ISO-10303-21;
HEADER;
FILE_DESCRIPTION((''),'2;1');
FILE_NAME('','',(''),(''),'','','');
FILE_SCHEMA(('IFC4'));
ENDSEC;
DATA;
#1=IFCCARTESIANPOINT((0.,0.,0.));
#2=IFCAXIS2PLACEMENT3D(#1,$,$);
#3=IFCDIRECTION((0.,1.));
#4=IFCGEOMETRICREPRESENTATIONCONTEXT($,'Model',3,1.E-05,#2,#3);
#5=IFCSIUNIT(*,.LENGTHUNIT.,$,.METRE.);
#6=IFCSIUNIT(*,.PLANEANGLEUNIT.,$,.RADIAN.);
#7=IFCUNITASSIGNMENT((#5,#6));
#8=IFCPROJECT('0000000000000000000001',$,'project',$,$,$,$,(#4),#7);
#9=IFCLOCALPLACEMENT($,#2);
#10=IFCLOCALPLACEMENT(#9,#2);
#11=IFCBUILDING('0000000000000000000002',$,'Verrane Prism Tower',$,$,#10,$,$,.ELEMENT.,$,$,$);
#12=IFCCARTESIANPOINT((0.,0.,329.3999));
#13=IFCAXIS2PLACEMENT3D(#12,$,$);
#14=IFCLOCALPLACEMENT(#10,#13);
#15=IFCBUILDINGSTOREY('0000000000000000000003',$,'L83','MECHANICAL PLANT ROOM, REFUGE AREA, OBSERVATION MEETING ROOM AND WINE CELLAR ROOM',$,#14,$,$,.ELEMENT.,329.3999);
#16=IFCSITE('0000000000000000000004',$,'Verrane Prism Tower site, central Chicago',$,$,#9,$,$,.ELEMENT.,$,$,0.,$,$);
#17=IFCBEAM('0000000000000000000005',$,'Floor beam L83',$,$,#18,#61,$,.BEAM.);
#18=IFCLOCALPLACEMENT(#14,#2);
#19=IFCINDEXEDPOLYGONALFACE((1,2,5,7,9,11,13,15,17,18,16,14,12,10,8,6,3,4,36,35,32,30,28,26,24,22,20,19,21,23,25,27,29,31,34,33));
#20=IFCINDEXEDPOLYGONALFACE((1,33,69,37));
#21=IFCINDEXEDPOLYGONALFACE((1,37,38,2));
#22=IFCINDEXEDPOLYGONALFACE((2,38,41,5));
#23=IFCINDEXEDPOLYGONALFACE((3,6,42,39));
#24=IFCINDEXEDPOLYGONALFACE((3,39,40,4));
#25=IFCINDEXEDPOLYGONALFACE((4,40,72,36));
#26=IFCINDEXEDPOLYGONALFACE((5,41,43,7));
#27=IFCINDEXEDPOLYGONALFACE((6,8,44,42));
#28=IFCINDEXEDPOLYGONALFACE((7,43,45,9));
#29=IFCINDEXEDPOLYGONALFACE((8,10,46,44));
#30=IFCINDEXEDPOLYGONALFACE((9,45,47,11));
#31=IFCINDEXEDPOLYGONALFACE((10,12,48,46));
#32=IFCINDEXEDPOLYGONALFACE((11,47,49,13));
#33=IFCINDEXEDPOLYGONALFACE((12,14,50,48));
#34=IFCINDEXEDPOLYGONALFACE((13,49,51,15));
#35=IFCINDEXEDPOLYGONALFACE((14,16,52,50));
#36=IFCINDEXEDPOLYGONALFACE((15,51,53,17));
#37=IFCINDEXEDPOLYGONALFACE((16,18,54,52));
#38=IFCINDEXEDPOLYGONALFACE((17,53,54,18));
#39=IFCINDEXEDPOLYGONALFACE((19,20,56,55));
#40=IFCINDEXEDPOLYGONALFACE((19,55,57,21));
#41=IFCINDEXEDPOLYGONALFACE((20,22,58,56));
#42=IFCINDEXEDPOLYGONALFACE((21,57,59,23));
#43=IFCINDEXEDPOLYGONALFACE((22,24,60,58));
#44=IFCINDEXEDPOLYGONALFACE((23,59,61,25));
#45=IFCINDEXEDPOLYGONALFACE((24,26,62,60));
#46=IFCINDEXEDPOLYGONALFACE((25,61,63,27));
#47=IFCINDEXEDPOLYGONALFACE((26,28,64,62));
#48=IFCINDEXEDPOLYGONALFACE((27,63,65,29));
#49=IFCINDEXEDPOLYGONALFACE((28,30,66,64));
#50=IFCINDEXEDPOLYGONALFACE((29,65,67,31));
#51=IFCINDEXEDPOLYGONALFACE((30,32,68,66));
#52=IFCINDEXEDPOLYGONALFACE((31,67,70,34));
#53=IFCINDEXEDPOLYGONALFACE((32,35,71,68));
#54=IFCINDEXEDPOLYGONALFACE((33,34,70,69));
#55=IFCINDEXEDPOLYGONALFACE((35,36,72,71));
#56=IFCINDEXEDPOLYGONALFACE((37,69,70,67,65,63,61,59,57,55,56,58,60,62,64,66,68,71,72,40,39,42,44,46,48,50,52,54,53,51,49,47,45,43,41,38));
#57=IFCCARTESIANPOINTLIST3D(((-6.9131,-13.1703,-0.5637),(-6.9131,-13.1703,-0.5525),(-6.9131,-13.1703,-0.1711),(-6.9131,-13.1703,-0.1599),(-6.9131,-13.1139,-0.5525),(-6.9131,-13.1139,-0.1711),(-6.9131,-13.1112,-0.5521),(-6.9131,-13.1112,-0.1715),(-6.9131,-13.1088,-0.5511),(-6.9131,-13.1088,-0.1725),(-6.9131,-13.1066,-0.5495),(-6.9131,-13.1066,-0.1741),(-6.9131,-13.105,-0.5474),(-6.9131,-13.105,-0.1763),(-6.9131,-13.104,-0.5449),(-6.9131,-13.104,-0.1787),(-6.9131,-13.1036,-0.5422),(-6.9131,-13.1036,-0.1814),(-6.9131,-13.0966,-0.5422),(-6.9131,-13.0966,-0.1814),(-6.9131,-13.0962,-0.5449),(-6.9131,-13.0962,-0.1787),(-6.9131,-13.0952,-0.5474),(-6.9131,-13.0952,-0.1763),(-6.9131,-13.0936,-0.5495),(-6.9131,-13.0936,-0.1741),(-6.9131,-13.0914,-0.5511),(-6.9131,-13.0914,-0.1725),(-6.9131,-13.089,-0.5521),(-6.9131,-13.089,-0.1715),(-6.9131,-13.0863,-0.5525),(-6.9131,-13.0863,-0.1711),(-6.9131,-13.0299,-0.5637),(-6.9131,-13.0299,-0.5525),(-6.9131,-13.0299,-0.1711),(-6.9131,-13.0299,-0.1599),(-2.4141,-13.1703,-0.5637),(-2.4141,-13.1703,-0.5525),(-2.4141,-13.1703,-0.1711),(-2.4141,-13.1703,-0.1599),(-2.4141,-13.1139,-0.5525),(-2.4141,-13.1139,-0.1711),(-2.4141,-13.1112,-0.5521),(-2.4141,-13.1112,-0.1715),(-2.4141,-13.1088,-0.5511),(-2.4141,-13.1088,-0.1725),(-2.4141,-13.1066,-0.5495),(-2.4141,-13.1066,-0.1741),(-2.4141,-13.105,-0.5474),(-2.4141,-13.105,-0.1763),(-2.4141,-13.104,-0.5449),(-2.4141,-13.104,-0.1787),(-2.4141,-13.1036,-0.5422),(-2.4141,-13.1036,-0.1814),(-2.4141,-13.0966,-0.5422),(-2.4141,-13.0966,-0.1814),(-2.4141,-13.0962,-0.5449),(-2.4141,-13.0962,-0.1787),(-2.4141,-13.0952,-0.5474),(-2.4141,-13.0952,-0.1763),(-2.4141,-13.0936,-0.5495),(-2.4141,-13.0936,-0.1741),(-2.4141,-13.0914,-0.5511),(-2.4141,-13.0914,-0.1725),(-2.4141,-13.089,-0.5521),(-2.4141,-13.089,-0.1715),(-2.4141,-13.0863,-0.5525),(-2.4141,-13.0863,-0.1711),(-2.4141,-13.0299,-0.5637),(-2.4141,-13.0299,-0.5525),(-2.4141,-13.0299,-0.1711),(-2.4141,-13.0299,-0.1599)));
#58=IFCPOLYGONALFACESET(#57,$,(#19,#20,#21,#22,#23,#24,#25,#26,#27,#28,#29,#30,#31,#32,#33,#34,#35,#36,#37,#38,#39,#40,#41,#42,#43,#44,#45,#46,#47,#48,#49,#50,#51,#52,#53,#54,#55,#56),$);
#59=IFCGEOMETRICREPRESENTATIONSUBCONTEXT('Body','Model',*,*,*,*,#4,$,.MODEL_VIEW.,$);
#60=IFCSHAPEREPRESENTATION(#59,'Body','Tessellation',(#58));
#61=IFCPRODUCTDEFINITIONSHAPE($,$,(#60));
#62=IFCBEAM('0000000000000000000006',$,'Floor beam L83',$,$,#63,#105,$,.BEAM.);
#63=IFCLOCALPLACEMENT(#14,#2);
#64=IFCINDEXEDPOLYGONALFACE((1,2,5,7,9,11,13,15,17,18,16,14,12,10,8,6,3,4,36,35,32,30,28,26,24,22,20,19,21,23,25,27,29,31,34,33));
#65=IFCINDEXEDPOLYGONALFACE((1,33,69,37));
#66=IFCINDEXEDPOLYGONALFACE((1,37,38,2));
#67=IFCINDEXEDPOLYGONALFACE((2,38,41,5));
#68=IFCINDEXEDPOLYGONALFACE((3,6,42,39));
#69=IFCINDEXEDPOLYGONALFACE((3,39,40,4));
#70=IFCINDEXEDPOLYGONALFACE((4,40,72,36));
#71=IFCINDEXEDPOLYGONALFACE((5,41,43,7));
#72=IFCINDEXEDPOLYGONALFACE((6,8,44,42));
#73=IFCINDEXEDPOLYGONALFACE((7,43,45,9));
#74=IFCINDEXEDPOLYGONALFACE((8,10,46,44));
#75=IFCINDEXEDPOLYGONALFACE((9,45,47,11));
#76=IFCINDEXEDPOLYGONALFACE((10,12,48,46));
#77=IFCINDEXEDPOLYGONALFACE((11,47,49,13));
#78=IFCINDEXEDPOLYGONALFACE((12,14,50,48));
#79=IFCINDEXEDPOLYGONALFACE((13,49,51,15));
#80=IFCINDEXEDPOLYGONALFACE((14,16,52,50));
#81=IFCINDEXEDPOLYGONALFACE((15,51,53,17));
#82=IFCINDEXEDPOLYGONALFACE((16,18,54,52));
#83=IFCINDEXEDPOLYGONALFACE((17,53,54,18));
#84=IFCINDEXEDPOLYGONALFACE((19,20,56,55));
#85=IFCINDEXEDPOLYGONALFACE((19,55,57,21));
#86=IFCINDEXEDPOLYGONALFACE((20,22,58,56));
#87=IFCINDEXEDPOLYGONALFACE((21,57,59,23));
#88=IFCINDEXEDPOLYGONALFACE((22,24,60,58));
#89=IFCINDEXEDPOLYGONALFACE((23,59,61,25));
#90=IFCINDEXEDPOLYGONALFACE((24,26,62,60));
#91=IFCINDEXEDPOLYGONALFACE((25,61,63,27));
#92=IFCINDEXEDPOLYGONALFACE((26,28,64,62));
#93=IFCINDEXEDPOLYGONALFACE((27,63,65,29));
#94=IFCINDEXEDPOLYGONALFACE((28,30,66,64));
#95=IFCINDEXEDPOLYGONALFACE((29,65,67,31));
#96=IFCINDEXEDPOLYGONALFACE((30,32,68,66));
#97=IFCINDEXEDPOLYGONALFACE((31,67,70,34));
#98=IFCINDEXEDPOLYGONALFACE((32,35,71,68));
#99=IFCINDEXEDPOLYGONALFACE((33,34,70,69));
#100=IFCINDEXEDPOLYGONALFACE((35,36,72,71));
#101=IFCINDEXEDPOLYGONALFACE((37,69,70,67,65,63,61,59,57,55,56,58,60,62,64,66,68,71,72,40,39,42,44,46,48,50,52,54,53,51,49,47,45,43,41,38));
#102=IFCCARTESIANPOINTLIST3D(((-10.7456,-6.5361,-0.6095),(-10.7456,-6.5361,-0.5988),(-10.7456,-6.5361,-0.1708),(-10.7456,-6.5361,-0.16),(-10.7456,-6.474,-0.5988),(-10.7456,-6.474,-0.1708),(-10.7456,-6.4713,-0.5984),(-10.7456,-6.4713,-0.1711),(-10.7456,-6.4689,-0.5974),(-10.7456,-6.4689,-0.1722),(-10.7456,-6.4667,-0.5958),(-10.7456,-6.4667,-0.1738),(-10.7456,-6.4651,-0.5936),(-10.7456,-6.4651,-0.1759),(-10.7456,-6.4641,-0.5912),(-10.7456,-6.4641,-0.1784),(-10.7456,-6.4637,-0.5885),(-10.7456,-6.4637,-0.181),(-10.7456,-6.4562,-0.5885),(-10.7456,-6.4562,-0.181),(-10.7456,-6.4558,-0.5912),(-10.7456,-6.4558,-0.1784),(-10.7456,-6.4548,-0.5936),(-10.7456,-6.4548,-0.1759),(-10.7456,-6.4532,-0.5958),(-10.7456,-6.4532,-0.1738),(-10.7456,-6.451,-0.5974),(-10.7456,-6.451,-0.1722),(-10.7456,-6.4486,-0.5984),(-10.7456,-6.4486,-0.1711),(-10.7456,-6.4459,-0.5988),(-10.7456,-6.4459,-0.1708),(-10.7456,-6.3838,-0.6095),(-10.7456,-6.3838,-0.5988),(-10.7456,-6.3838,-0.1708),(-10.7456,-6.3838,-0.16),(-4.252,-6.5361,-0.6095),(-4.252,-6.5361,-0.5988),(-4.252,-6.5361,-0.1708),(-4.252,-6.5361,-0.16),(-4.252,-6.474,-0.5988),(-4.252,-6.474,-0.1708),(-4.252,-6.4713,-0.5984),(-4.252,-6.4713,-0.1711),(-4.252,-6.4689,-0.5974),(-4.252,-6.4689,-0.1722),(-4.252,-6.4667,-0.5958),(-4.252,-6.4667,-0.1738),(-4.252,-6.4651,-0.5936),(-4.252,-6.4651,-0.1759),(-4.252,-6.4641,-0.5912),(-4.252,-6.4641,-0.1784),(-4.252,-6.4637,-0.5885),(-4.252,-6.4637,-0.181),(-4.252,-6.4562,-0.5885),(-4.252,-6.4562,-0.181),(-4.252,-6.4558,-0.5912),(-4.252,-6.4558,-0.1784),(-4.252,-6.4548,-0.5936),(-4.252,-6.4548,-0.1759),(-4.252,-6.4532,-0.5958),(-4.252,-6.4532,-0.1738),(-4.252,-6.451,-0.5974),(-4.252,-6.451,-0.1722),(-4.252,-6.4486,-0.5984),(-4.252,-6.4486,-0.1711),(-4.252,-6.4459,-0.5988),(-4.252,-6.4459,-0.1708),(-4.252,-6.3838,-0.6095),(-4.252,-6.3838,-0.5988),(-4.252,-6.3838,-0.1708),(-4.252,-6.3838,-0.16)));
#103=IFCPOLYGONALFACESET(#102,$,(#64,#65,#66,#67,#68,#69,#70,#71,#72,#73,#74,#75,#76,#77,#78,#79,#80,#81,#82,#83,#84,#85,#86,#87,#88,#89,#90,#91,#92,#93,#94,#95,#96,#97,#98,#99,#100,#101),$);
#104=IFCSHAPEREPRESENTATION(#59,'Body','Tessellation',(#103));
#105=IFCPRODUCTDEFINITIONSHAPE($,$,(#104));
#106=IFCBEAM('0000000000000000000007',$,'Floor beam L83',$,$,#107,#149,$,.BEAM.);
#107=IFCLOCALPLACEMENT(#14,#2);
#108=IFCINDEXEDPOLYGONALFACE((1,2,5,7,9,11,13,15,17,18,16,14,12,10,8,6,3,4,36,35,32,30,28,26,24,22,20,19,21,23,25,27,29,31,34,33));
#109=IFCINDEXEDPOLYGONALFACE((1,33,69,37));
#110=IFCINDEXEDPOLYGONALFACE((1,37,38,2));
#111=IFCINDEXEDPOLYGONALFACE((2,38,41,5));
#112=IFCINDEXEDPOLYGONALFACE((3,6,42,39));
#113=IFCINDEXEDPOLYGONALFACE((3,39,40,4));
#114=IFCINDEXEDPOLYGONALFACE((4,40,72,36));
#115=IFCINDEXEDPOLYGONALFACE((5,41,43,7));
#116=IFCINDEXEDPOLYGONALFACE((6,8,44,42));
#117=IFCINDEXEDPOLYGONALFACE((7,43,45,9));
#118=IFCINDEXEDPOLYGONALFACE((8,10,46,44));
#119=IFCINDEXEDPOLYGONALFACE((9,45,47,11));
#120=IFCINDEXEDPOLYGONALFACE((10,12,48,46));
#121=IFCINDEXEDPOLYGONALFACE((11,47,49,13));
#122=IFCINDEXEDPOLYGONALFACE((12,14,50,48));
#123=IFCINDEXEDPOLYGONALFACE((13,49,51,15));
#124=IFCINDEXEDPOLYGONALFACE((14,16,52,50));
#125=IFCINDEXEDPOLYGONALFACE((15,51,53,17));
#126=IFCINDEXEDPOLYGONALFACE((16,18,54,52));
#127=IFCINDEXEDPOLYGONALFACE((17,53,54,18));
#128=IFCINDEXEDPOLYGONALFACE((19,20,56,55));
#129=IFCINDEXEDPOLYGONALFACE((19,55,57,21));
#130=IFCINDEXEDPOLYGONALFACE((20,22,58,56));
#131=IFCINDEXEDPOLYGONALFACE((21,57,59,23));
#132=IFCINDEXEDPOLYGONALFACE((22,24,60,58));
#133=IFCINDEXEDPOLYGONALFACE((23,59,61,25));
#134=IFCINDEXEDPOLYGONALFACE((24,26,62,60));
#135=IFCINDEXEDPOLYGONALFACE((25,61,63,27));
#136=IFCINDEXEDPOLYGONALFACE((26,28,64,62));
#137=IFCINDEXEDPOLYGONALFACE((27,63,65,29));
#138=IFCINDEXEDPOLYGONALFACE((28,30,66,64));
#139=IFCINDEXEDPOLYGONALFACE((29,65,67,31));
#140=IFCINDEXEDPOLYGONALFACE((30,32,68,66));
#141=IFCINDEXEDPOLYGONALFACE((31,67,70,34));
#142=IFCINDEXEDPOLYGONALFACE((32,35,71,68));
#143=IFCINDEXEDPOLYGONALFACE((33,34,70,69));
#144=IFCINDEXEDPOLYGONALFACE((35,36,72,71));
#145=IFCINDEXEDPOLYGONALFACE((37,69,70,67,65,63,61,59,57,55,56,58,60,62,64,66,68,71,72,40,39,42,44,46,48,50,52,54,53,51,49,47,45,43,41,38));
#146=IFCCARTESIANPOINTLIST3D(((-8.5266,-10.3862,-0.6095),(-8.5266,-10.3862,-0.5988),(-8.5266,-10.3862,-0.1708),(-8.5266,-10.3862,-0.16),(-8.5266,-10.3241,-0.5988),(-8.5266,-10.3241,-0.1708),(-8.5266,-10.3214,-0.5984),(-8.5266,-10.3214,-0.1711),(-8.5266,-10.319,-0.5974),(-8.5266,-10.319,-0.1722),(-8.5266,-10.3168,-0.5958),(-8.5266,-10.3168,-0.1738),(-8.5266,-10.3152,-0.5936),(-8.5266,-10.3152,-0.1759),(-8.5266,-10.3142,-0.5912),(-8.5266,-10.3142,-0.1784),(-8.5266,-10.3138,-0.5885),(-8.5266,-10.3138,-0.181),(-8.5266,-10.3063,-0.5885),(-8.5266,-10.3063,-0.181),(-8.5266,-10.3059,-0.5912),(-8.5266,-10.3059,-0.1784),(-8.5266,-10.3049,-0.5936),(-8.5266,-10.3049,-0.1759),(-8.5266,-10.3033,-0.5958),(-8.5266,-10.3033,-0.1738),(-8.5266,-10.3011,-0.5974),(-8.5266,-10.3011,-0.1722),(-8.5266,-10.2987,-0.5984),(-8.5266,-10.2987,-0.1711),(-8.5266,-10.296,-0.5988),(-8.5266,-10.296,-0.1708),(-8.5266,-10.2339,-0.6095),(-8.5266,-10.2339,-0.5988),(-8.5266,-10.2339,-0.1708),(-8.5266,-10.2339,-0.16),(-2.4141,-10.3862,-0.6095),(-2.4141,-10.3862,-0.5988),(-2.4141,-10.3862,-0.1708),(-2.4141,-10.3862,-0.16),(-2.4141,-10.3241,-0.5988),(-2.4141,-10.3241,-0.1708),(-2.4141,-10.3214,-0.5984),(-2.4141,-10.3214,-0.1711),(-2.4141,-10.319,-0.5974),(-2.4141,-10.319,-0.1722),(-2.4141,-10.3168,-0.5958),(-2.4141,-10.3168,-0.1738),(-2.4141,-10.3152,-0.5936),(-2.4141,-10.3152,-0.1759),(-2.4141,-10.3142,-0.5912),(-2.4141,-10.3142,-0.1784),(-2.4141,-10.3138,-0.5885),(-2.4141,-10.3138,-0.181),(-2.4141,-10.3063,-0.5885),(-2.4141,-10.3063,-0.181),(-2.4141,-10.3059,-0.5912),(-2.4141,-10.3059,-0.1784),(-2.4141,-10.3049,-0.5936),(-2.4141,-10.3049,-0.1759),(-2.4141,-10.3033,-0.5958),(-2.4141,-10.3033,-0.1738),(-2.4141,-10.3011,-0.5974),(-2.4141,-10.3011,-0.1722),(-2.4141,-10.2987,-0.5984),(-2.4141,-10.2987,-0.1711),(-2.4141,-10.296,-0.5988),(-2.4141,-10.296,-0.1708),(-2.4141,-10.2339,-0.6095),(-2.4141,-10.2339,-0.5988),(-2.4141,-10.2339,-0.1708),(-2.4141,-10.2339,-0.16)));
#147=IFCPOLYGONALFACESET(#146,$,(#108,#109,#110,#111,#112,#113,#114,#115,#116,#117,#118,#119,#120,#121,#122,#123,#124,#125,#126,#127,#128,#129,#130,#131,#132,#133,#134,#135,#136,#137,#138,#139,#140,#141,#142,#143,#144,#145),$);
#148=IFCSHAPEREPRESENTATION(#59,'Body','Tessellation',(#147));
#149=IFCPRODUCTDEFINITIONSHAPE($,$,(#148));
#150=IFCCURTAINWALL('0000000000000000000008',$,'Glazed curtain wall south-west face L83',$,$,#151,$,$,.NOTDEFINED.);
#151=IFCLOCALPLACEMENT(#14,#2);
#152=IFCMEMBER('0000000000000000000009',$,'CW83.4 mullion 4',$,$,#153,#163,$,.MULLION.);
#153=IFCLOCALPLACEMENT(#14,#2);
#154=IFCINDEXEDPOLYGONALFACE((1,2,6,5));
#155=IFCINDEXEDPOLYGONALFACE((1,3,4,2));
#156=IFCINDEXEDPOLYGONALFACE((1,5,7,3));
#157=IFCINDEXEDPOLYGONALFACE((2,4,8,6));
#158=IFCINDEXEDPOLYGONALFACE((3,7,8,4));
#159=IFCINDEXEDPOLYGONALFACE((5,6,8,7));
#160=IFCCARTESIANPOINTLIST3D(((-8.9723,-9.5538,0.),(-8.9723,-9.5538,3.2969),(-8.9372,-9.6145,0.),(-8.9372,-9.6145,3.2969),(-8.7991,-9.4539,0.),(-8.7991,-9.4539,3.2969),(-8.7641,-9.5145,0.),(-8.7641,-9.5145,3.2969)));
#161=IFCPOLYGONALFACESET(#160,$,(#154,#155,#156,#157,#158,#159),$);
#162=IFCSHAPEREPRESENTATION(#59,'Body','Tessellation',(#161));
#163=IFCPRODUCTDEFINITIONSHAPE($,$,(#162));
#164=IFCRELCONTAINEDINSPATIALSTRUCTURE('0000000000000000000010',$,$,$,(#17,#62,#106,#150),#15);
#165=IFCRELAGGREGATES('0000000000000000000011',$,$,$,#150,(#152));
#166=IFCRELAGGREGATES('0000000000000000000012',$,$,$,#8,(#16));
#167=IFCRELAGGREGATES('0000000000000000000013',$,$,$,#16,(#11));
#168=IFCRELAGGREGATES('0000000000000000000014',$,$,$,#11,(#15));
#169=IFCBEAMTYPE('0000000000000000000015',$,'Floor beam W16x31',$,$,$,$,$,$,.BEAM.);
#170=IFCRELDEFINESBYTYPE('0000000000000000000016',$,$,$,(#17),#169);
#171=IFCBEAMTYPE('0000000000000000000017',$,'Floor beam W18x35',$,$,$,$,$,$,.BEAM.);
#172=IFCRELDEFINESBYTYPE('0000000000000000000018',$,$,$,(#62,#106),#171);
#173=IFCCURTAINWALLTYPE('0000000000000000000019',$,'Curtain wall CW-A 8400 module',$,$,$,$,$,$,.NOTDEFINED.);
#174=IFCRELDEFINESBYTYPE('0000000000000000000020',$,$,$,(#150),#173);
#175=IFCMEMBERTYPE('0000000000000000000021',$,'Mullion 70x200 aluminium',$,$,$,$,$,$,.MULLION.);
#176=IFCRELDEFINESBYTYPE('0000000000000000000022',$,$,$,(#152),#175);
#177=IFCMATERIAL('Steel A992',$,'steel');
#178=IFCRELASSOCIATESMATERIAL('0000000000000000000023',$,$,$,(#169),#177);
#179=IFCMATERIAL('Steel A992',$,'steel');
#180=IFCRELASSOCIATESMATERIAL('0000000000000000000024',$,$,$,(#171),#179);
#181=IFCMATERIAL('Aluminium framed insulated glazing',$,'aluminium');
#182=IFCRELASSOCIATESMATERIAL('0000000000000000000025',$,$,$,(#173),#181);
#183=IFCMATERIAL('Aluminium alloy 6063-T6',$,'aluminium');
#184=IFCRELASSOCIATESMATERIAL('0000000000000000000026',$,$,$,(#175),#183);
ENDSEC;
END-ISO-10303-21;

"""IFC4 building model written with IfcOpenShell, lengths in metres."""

from ifc_helpers import new_model, si_unit, direction, frame, origin, origin_2d, place, context, subcontext, project, spatial, rectangle, i_section, extrude, material, material_profile, profile_set, type_object, element, aggregate, save


model = new_model("IFC4")

# Units and contexts
model_context = context("Model", 3, precision=1e-05, world=origin(), true_north=direction((0.0, 1.0)))
body_context = subcontext(model_context, "Body", "Model", "MODEL_VIEW")
ifc_project = project(units=[si_unit("LENGTHUNIT", "METRE"), si_unit("PLANEANGLEUNIT", "RADIAN")], contexts=[model_context])

# Site, building, storey
site_placement = place(None, origin())
site = spatial("IfcSite", under=ifc_project, at=site_placement, Name="Verrane Prism Tower site, central Chicago", CompositionType="ELEMENT", RefElevation=0.0)
building_placement = place(site_placement, origin())
building = spatial("IfcBuilding", under=site, at=building_placement, Name="Verrane Prism Tower", CompositionType="ELEMENT")
storey_placement = place(building_placement, frame((0.0, 0.0, 329.3999)))
storey = spatial("IfcBuildingStorey", under=building, at=storey_placement, Name="L83", Description="MECHANICAL PLANT ROOM, REFUGE AREA, OBSERVATION MEETING ROOM AND WINE CELLAR ROOM", CompositionType="ELEMENT", Elevation=329.3999)

# Beams
ifc_material_1 = material(Name="Steel A992", Category="steel")
ifc_material_profile_1 = material_profile(ifc_material_1, i_section(OverallWidth=0.1404, OverallDepth=0.4038, WebThickness=0.0071, FlangeThickness=0.0112, FilletRadius=0.0103, at=origin_2d()), Name="W16x31")
ifc_profile_set_1 = profile_set([ifc_material_profile_1], Name="Steel A992")
beam_type_1 = type_object("IfcBeamType", Name="Floor beam W16x31", PredefinedType="BEAM", material=ifc_profile_set_1)
beam_1_placement = place(storey_placement, frame((-6.9131, -13.1001, -0.3618), z_axis=(1.0, 0.0, 0.0), x_axis=(0.0, 1.0, 0.0)))
element("IfcBeam", 1, at=beam_1_placement, inside=storey, type_object=beam_type_1, Name="Floor beam L83", PredefinedType="BEAM", context=body_context, shape_type="SweptSolid", body=[
    extrude(i_section(OverallWidth=0.1404, OverallDepth=0.4038, WebThickness=0.0071, FlangeThickness=0.0112, FilletRadius=0.0103, at=origin_2d()), origin(), (0.0, 0.0, 1.0), 4.499),
])
ifc_material_2 = material(Name="Steel A992", Category="steel")
ifc_material_profile_2 = material_profile(ifc_material_2, i_section(OverallWidth=0.1523, OverallDepth=0.4495, WebThickness=0.0076, FlangeThickness=0.0107, FilletRadius=0.0103, at=origin_2d()), Name="W18x35")
ifc_profile_set_2 = profile_set([ifc_material_profile_2], Name="Steel A992")
beam_type_2 = type_object("IfcBeamType", Name="Floor beam W18x35", PredefinedType="BEAM", material=ifc_profile_set_2)
beam_2_placement = place(storey_placement, frame((-10.7456, -6.46, -0.3848), z_axis=(1.0, 0.0, 0.0), x_axis=(0.0, 1.0, 0.0)))
element("IfcBeam", 2, at=beam_2_placement, inside=storey, type_object=beam_type_2, Name="Floor beam L83", PredefinedType="BEAM", context=body_context, shape_type="SweptSolid", body=[
    extrude(i_section(OverallWidth=0.1523, OverallDepth=0.4495, WebThickness=0.0076, FlangeThickness=0.0107, FilletRadius=0.0103, at=origin_2d()), origin(), (0.0, 0.0, 1.0), 6.4937),
])
beam_3_placement = place(storey_placement, frame((-8.5266, -10.3101, -0.3848), z_axis=(1.0, 0.0, 0.0), x_axis=(0.0, 1.0, 0.0)))
element("IfcBeam", 3, at=beam_3_placement, inside=storey, type_object=beam_type_2, Name="Floor beam L83", PredefinedType="BEAM", context=body_context, shape_type="SweptSolid", body=[
    extrude(i_section(OverallWidth=0.1523, OverallDepth=0.4495, WebThickness=0.0076, FlangeThickness=0.0107, FilletRadius=0.0103, at=origin_2d()), origin(), (0.0, 0.0, 1.0), 6.1125),
])

# Curtain wall, member
ifc_material_3 = material(Name="Aluminium framed insulated glazing", Category="aluminium")
curtain_wall_type = type_object("IfcCurtainWallType", Name="Curtain wall CW-A 8400 module", PredefinedType="NOTDEFINED", material=ifc_material_3)
curtain_wall_placement = place(storey_placement, origin())
curtain_wall = element("IfcCurtainWall", 4, at=curtain_wall_placement, inside=storey, type_object=curtain_wall_type, Name="Glazed curtain wall south-west face L83", PredefinedType="NOTDEFINED")
ifc_material_4 = material(Name="Aluminium alloy 6063-T6", Category="aluminium")
ifc_material_profile_3 = material_profile(ifc_material_4, rectangle(XDim=0.2, YDim=0.0701, at=origin_2d()), Name="Mullion 70x200 aluminium")
ifc_profile_set_3 = profile_set([ifc_material_profile_3], Name="Aluminium alloy 6063-T6")
member_type_1 = type_object("IfcMemberType", Name="Mullion 70x200 aluminium", PredefinedType="MULLION", material=ifc_profile_set_3)
member_1_placement = place(storey_placement, frame((-8.8682, -9.5342, 0.0), z_axis=(0.0, 0.0, 1.0), x_axis=(0.866025, 0.5, 0.0)))
member_1 = element("IfcMember", 5, at=member_1_placement, type_object=member_type_1, Name="CW83.4 mullion 4", PredefinedType="MULLION", context=body_context, shape_type="SweptSolid", body=[
    extrude(rectangle(XDim=0.2, YDim=0.0701, at=origin_2d()), origin(), (0.0, 0.0, 1.0), 3.2969),
])

aggregate(curtain_wall, [member_1])

save(model, "model.ifc")
